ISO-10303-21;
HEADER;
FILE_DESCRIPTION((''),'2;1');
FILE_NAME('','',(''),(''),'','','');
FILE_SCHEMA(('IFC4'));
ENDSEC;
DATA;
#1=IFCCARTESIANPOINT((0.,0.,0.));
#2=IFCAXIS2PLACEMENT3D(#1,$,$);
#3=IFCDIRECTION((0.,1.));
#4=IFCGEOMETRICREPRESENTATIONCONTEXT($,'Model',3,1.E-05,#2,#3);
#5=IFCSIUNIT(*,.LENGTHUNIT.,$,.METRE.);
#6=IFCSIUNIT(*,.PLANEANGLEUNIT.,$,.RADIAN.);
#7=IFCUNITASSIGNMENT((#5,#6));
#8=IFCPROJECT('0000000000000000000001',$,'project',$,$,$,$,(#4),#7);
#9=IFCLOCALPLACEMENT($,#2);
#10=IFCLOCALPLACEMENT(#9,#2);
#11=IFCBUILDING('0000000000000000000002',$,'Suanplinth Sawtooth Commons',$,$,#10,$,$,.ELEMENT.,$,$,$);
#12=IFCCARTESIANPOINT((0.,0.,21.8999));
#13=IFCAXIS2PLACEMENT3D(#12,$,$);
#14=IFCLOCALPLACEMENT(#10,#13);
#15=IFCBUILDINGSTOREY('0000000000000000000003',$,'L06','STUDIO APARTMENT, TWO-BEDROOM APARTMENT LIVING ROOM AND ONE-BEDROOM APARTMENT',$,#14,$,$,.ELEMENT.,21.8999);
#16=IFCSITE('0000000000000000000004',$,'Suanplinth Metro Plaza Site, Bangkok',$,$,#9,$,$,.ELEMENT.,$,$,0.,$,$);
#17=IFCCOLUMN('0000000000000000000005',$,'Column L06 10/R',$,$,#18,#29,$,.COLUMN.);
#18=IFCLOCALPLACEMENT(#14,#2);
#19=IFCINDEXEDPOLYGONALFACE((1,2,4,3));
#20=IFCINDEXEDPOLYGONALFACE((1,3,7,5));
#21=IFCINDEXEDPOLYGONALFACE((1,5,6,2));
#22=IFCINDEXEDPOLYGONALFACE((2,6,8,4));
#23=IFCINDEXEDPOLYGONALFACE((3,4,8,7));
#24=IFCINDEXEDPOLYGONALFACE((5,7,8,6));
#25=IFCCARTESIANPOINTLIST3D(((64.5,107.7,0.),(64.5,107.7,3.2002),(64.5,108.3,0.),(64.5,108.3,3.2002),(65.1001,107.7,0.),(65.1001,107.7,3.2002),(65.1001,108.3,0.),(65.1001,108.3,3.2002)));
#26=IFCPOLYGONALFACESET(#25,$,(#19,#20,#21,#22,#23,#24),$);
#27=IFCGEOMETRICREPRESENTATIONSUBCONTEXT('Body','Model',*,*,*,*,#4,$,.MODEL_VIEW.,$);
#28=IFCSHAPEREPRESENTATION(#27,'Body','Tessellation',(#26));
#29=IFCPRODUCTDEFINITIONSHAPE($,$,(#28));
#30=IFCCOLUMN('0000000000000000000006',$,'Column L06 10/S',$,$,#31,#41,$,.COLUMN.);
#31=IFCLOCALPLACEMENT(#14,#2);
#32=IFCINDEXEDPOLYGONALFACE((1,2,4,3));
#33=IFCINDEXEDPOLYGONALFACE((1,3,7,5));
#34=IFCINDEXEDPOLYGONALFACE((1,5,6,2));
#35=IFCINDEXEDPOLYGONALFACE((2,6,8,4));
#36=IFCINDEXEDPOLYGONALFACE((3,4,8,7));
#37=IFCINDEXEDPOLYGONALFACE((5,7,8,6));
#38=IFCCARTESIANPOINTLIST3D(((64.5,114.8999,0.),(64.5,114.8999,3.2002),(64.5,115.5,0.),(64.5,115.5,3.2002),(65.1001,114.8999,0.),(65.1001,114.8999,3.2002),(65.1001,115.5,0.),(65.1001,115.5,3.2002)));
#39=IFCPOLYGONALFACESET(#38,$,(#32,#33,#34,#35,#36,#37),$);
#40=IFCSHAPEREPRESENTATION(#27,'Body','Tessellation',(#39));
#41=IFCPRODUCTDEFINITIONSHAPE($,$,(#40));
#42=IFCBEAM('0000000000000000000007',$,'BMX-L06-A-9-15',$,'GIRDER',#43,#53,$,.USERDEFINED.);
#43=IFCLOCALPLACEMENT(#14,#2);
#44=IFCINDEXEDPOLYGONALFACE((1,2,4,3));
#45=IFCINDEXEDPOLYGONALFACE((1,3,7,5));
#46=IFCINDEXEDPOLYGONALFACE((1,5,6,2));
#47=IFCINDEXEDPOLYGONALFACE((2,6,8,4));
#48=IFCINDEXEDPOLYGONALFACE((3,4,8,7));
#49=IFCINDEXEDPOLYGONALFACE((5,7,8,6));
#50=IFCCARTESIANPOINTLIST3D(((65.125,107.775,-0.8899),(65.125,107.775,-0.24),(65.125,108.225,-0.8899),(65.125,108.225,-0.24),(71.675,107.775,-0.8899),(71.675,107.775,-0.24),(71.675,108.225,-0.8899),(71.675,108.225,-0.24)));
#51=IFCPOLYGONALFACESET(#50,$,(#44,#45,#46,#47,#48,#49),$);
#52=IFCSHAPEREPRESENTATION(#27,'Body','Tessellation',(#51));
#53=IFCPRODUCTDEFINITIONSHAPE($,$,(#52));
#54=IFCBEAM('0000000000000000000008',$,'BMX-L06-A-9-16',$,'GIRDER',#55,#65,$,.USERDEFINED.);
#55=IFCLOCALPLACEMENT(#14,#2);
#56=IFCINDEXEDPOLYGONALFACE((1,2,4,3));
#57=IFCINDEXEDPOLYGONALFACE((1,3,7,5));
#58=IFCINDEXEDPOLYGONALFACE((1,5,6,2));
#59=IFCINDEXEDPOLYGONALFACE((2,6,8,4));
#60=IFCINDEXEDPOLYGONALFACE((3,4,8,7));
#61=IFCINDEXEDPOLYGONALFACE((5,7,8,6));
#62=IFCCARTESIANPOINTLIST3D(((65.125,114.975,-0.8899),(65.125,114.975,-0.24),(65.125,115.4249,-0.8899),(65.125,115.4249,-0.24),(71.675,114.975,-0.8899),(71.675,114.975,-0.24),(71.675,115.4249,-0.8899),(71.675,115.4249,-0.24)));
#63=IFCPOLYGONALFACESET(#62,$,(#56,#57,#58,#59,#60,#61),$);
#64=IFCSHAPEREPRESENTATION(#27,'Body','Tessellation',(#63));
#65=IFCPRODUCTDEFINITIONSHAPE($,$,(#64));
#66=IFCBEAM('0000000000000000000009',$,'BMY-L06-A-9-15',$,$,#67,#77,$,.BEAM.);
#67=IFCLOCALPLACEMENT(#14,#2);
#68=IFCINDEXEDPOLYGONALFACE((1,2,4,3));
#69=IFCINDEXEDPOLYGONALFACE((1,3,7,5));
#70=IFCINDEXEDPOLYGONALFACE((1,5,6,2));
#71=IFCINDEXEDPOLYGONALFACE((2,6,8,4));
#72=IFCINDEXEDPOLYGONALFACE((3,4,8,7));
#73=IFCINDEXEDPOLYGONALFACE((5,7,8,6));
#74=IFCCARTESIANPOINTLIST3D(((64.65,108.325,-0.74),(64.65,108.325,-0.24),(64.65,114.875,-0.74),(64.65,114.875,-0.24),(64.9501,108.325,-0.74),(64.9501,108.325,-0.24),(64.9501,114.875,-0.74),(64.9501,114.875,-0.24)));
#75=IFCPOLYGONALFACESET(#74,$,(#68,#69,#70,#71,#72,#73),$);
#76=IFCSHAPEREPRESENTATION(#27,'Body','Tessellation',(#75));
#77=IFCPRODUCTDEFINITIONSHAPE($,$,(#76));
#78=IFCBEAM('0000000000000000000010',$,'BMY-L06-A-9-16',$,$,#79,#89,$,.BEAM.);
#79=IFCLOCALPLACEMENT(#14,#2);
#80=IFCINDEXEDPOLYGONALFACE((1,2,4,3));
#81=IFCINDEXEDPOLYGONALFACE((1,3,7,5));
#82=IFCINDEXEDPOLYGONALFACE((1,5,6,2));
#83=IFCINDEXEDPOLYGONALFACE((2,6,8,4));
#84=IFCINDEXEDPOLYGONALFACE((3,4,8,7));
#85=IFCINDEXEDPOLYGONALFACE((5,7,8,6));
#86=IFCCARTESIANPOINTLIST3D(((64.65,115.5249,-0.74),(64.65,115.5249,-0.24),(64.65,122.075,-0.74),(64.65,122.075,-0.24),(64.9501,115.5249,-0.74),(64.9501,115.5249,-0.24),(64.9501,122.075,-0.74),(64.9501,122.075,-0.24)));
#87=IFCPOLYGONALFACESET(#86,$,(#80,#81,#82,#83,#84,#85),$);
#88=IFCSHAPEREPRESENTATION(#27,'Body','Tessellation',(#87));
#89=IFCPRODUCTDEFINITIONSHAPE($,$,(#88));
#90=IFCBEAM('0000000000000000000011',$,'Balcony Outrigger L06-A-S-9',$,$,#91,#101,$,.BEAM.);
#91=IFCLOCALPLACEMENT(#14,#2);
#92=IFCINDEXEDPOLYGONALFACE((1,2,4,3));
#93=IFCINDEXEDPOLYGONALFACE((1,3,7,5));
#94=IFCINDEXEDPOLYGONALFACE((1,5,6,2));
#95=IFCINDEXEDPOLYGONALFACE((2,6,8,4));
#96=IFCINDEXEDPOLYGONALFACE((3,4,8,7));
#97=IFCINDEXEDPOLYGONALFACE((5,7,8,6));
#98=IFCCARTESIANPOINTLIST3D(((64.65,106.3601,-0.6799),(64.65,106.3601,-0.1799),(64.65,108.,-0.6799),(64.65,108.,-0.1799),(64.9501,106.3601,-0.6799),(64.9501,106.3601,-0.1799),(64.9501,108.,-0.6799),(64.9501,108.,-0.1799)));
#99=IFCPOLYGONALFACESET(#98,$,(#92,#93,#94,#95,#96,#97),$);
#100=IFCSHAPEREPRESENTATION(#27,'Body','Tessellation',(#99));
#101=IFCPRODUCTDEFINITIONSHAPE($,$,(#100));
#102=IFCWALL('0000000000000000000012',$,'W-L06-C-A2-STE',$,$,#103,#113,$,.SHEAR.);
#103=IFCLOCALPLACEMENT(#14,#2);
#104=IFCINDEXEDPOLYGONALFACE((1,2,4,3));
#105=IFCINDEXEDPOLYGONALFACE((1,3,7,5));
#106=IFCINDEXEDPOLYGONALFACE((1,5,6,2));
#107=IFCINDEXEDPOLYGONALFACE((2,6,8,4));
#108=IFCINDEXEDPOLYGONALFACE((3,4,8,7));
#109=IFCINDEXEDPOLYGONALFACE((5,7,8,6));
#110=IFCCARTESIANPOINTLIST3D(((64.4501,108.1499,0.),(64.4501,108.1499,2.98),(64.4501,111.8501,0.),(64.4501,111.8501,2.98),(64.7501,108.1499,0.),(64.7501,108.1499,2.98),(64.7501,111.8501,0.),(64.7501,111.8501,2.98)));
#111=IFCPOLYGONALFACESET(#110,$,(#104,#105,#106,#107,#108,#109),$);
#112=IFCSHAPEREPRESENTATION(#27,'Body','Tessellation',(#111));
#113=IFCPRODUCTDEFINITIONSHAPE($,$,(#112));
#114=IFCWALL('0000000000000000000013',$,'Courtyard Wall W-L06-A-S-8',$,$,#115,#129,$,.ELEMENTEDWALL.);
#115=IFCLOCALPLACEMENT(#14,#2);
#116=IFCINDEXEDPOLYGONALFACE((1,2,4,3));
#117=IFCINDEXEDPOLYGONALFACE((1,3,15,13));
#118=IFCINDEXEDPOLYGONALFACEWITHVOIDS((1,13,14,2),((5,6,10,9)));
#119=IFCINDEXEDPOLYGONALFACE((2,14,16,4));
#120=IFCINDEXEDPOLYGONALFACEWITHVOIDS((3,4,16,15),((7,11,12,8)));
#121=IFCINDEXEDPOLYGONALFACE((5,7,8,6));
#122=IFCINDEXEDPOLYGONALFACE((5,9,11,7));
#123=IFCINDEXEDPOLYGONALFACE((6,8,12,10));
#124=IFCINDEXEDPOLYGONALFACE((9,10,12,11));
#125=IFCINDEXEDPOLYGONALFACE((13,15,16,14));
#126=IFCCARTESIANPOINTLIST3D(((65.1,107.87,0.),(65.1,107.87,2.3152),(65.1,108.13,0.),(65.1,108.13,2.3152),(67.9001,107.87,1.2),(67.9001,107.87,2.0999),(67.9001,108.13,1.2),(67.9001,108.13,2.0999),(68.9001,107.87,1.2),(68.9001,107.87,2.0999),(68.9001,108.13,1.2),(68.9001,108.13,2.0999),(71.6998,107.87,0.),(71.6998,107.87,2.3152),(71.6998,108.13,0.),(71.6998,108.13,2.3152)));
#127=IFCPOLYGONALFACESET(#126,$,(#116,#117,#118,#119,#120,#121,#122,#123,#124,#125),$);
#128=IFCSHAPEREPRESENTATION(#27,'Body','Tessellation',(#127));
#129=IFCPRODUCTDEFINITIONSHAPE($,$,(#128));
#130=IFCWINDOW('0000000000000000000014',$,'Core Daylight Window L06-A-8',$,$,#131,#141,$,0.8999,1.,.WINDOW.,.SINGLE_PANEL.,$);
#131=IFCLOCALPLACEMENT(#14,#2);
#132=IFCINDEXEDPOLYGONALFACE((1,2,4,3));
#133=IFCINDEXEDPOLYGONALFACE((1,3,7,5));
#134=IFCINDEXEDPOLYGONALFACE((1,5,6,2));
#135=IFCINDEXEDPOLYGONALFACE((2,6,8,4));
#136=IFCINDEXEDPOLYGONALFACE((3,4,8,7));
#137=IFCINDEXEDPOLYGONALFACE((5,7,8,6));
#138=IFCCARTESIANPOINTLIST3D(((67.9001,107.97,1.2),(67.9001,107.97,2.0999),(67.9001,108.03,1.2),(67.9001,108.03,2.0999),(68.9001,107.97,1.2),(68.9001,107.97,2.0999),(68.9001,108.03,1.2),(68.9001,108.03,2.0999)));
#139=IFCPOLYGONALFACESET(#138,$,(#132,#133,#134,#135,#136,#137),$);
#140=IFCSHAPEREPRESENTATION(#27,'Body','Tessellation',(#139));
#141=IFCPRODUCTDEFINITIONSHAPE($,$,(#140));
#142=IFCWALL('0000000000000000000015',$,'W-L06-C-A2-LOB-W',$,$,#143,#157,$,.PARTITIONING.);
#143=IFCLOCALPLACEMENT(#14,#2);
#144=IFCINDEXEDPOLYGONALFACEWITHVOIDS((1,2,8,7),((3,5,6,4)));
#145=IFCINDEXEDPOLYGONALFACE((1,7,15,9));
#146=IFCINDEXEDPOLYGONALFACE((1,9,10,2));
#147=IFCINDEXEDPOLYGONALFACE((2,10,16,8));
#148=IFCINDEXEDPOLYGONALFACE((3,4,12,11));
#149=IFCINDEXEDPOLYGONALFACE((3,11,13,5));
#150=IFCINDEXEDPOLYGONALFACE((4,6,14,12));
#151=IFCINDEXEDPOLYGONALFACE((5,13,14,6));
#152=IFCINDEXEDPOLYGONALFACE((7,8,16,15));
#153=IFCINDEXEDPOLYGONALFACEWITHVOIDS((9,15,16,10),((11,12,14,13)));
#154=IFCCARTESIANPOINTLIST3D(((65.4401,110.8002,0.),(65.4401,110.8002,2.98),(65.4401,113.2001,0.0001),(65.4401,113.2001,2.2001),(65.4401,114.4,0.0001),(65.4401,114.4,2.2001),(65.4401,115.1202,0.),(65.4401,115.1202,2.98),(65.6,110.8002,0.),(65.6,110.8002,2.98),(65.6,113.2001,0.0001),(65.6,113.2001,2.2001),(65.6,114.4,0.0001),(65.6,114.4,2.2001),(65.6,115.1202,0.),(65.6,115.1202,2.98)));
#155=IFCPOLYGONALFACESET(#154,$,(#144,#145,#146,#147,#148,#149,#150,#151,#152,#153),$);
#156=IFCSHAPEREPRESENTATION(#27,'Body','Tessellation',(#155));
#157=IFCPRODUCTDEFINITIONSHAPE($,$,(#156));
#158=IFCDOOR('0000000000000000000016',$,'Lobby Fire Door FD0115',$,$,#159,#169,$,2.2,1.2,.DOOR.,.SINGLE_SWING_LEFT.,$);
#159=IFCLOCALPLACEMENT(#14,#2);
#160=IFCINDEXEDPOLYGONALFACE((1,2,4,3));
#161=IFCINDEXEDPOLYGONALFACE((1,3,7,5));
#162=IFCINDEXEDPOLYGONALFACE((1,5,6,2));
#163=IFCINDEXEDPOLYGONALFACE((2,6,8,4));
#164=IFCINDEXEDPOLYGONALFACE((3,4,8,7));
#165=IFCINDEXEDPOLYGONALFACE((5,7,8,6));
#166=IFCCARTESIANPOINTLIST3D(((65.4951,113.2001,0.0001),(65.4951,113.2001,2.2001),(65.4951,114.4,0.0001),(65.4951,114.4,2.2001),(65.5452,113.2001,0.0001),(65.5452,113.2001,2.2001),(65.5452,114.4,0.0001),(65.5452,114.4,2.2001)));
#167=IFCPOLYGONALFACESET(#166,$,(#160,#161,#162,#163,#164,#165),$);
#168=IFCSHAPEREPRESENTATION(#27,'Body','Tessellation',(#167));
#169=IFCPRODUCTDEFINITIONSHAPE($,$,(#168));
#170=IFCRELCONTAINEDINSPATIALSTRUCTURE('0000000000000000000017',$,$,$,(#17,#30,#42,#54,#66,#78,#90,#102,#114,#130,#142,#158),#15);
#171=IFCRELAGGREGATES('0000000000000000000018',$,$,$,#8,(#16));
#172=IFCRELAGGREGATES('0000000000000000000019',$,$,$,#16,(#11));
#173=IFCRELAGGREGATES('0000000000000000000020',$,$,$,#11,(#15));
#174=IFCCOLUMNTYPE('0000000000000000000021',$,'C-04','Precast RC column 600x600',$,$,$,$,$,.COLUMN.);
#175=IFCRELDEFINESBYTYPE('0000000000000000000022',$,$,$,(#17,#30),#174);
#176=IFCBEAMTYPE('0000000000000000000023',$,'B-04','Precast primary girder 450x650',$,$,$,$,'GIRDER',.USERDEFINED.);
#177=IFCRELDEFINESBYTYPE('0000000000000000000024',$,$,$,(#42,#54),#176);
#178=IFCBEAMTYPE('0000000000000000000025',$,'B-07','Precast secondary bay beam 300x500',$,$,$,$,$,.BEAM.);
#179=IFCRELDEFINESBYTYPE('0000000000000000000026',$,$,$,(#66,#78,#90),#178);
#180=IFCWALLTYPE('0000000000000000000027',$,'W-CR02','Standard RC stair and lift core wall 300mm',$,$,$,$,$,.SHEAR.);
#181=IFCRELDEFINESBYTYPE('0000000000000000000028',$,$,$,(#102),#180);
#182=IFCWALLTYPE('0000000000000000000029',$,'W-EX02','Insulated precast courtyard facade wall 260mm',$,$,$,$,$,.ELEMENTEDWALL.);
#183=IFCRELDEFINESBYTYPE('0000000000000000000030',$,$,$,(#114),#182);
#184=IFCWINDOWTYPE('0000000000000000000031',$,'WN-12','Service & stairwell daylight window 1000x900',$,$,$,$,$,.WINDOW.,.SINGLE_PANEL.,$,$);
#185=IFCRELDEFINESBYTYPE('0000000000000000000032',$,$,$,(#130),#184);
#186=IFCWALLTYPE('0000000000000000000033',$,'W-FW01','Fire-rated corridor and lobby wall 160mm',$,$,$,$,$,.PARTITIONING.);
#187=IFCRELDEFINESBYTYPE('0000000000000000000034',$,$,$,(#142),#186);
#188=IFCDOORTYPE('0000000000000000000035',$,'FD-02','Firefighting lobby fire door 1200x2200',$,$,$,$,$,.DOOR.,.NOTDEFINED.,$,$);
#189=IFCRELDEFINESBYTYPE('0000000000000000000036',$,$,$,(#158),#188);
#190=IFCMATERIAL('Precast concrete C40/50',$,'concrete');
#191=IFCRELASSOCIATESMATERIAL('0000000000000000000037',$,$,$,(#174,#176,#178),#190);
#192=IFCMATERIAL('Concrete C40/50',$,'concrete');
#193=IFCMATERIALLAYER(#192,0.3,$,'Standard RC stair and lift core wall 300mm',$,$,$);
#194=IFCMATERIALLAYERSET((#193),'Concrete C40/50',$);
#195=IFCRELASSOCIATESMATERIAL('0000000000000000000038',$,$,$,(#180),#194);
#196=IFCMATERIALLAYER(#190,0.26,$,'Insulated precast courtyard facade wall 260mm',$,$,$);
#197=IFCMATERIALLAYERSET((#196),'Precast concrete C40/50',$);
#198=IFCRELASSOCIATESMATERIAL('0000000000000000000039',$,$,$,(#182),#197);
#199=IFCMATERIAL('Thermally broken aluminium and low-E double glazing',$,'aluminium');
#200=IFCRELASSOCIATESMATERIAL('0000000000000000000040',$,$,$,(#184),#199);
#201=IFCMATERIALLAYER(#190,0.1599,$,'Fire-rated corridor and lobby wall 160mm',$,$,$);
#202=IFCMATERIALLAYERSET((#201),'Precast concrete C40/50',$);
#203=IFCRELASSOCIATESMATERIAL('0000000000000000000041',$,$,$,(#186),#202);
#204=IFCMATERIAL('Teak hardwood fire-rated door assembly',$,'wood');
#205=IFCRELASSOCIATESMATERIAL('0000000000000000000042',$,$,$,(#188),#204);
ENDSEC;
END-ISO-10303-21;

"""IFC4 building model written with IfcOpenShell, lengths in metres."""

from ifc_helpers import new_model, si_unit, direction, frame, frame_2d, origin, origin_2d, place, context, subcontext, project, spatial, rectangle, extrude, material, layer, layer_set, material_profile, profile_set, type_object, element, fill, save


model = new_model("IFC4")

# Units and contexts
model_context = context("Model", 3, precision=1e-05, world=origin(), true_north=direction((0.0, 1.0)))
body_context = subcontext(model_context, "Body", "Model", "MODEL_VIEW")
ifc_project = project(units=[si_unit("LENGTHUNIT", "METRE"), si_unit("PLANEANGLEUNIT", "RADIAN")], contexts=[model_context])

# Site, building, storey
site_placement = place(None, origin())
site = spatial("IfcSite", under=ifc_project, at=site_placement, Name="Suanplinth Metro Plaza Site, Bangkok", CompositionType="ELEMENT", RefElevation=0.0)
building_placement = place(site_placement, origin())
building = spatial("IfcBuilding", under=site, at=building_placement, Name="Suanplinth Sawtooth Commons", CompositionType="ELEMENT")
storey_placement = place(building_placement, frame((0.0, 0.0, 21.8999)))
storey = spatial("IfcBuildingStorey", under=building, at=storey_placement, Name="L06", Description="STUDIO APARTMENT, TWO-BEDROOM APARTMENT LIVING ROOM AND ONE-BEDROOM APARTMENT", CompositionType="ELEMENT", Elevation=21.8999)

# Columns
ifc_material_1 = material(Name="Precast concrete C40/50", Category="concrete")
ifc_material_profile_1 = material_profile(ifc_material_1, rectangle(XDim=0.6001, YDim=0.6001, at=origin_2d()), Name="PC-COL 600x600")
ifc_profile_set_1 = profile_set([ifc_material_profile_1], Name="Precast concrete C40/50")
column_type = type_object("IfcColumnType", Name="C-04", Description="Precast RC column 600x600", PredefinedType="COLUMN", material=ifc_profile_set_1)
for number, where, z_axis, x_axis, name in (
    (1, (64.8, 108.0, 0.0), (0.0, 0.0, 1.0), (1.0, 0.0, 0.0), "Column L06 10/R"),
    (2, (64.8, 115.2, 0.0), (0.0, 0.0, 1.0), (1.0, 0.0, 0.0), "Column L06 10/S"),
):
    element("IfcColumn", number, at=place(storey_placement, frame(where, z_axis=z_axis, x_axis=x_axis)), inside=storey, type_object=column_type, Name=name, PredefinedType="COLUMN", context=body_context, shape_type="SweptSolid", body=[
        extrude(rectangle(XDim=0.6001, YDim=0.6001, at=origin_2d()), origin(), (0.0, 0.0, 1.0), 3.2002),
    ])

# Beams
ifc_material_profile_2 = material_profile(ifc_material_1, rectangle(XDim=0.45, YDim=0.6499, at=origin_2d()), Name="PC-GDR 450x650")
ifc_profile_set_2 = profile_set([ifc_material_profile_2], Name="Precast concrete C40/50")
beam_type_1 = type_object("IfcBeamType", Name="B-04", Description="Precast primary girder 450x650", ElementType="GIRDER", PredefinedType="USERDEFINED", material=ifc_profile_set_2)
for number, where, z_axis, x_axis, name in (
    (3, (65.125, 108.0, -0.5649), (1.0, 0.0, 0.0), (0.0, 1.0, 0.0), "BMX-L06-A-9-15"),
    (4, (65.125, 115.2, -0.5649), (1.0, 0.0, 0.0), (0.0, 1.0, 0.0), "BMX-L06-A-9-16"),
):
    element("IfcBeam", number, at=place(storey_placement, frame(where, z_axis=z_axis, x_axis=x_axis)), inside=storey, type_object=beam_type_1, Name=name, ObjectType="GIRDER", PredefinedType="USERDEFINED", context=body_context, shape_type="SweptSolid", body=[
        extrude(rectangle(XDim=0.45, YDim=0.6499, at=origin_2d()), origin(), (0.0, 0.0, 1.0), 6.55),
    ])
ifc_material_profile_3 = material_profile(ifc_material_1, rectangle(XDim=0.3, YDim=0.5, at=origin_2d()), Name="PC-BM 300x500")
ifc_profile_set_3 = profile_set([ifc_material_profile_3], Name="Precast concrete C40/50")
beam_type_2 = type_object("IfcBeamType", Name="B-07", Description="Precast secondary bay beam 300x500", PredefinedType="BEAM", material=ifc_profile_set_3)
for number, where, z_axis, x_axis, name in (
    (5, (64.8, 108.325, -0.49), (0.0, 1.0, 0.0), (-1.0, 0.0, 0.0), "BMY-L06-A-9-15"),
    (6, (64.8, 115.5249, -0.49), (0.0, 1.0, 0.0), (-1.0, 0.0, 0.0), "BMY-L06-A-9-16"),
):
    element("IfcBeam", number, at=place(storey_placement, frame(where, z_axis=z_axis, x_axis=x_axis)), inside=storey, type_object=beam_type_2, Name=name, PredefinedType="BEAM", context=body_context, shape_type="SweptSolid", body=[
        extrude(rectangle(XDim=0.3, YDim=0.5, at=origin_2d()), origin(), (0.0, 0.0, 1.0), 6.55),
    ])
beam_placement = place(storey_placement, frame((64.8, 108.0, -0.4299), z_axis=(0.0, -1.0, 0.0), x_axis=(1.0, 0.0, 0.0)))
element("IfcBeam", 7, at=beam_placement, inside=storey, type_object=beam_type_2, Name="Balcony Outrigger L06-A-S-9", PredefinedType="BEAM", context=body_context, shape_type="SweptSolid", body=[
    extrude(rectangle(XDim=0.3, YDim=0.5, at=origin_2d()), origin(), (0.0, 0.0, 1.0), 1.6399),
])

# Wall
ifc_material_2 = material(Name="Concrete C40/50", Category="concrete")
ifc_layer_1 = layer(ifc_material_2, 0.3, Name="Standard RC stair and lift core wall 300mm")
ifc_layer_set_1 = layer_set([ifc_layer_1], Name="Concrete C40/50")
wall_type_1 = type_object("IfcWallType", Name="W-CR02", Description="Standard RC stair and lift core wall 300mm", PredefinedType="SHEAR", material=ifc_layer_set_1)
wall_1_placement = place(storey_placement, frame((64.6001, 108.1499, 0.0), z_axis=(0.0, 0.0, 1.0), x_axis=(0.0, 1.0, 0.0)))
element("IfcWall", 8, at=wall_1_placement, inside=storey, type_object=wall_type_1, Name="W-L06-C-A2-STE", PredefinedType="SHEAR", context=body_context, shape_type="SweptSolid", body=[
    extrude(rectangle(XDim=3.7002, YDim=0.3, at=frame_2d((1.8501, 0.0))), origin(), (0.0, 0.0, 1.0), 2.98),
])

# Wall, opening, window
ifc_layer_2 = layer(ifc_material_1, 0.26, Name="Insulated precast courtyard facade wall 260mm")
ifc_layer_set_2 = layer_set([ifc_layer_2], Name="Precast concrete C40/50")
wall_type_2 = type_object("IfcWallType", Name="W-EX02", Description="Insulated precast courtyard facade wall 260mm", PredefinedType="ELEMENTEDWALL", material=ifc_layer_set_2)
wall_2_placement = place(storey_placement, frame((65.1001, 108.0, 0.0), z_axis=(0.0, 0.0, 1.0), x_axis=(1.0, 0.0, 0.0)))
wall_2 = element("IfcWall", 9, at=wall_2_placement, inside=storey, type_object=wall_type_2, Name="Courtyard Wall W-L06-A-S-8", PredefinedType="ELEMENTEDWALL", context=body_context, shape_type="SweptSolid", body=[
    extrude(rectangle(XDim=6.5999, YDim=0.26, at=frame_2d((3.2998, 0.0))), origin(), (0.0, 0.0, 1.0), 2.3152),
])
opening_1_placement = place(wall_2_placement, frame((2.8, 0.0, 1.2)))
opening_1 = element("IfcOpeningElement", 10, at=opening_1_placement, cuts=wall_2, PredefinedType="OPENING", context=body_context, shape_type="SweptSolid", body=[
    extrude(rectangle(XDim=1.0, YDim=0.8999, at=frame_2d((0.5, 0.45))), frame((0.0, 0.145, 0.0), z_axis=(0.0, -1.0, 0.0), x_axis=(1.0, 0.0, 0.0)), (0.0, 0.0, 1.0), 0.2898),
])
ifc_material_3 = material(Name="Thermally broken aluminium and low-E double glazing", Category="aluminium")
window_type = type_object("IfcWindowType", Name="WN-12", Description="Service & stairwell daylight window 1000x900", PartitioningType="SINGLE_PANEL", PredefinedType="WINDOW", material=ifc_material_3)
window_placement = place(opening_1_placement, origin())
window = element("IfcWindow", 11, at=window_placement, inside=storey, type_object=window_type, Name="Core Daylight Window L06-A-8", OverallHeight=0.8999, OverallWidth=1.0, PartitioningType="SINGLE_PANEL", PredefinedType="WINDOW", context=body_context, shape_type="SweptSolid", body=[
    extrude(rectangle(XDim=1.0, YDim=0.8999, at=frame_2d((0.5, 0.45))), frame((0.0, 0.03, 0.0), z_axis=(0.0, -1.0, 0.0), x_axis=(1.0, 0.0, 0.0)), (0.0, 0.0, 1.0), 0.0601),
])
fill(opening_1, window)

# Wall, opening, door
ifc_layer_3 = layer(ifc_material_1, 0.1599, Name="Fire-rated corridor and lobby wall 160mm")
ifc_layer_set_3 = layer_set([ifc_layer_3], Name="Precast concrete C40/50")
wall_type_3 = type_object("IfcWallType", Name="W-FW01", Description="Fire-rated corridor and lobby wall 160mm", PredefinedType="PARTITIONING", material=ifc_layer_set_3)
wall_3_placement = place(storey_placement, frame((65.52, 110.8, 0.0), z_axis=(0.0, 0.0, 1.0), x_axis=(0.0, 1.0, 0.0)))
wall_3 = element("IfcWall", 12, at=wall_3_placement, inside=storey, type_object=wall_type_3, Name="W-L06-C-A2-LOB-W", PredefinedType="PARTITIONING", context=body_context, shape_type="SweptSolid", body=[
    extrude(rectangle(XDim=4.3201, YDim=0.1599, at=frame_2d((2.1602, 0.0))), origin(), (0.0, 0.0, 1.0), 2.98),
])
opening_2_placement = place(wall_3_placement, frame((2.3999, 0.0, 0.0)))
opening_2 = element("IfcOpeningElement", 13, at=opening_2_placement, cuts=wall_3, PredefinedType="OPENING", context=body_context, shape_type="SweptSolid", body=[
    extrude(rectangle(XDim=1.2, YDim=2.2, at=frame_2d((0.6001, 1.1001))), frame((0.0, 0.0947, 0.0), z_axis=(0.0, -1.0, 0.0), x_axis=(1.0, 0.0, 0.0)), (0.0, 0.0, 1.0), 0.1897),
])
ifc_material_4 = material(Name="Teak hardwood fire-rated door assembly", Category="wood")
door_type_1 = type_object("IfcDoorType", Name="FD-02", Description="Firefighting lobby fire door 1200x2200", OperationType="NOTDEFINED", PredefinedType="DOOR", material=ifc_material_4)
door_1_placement = place(opening_2_placement, origin())
door_1 = element("IfcDoor", 14, at=door_1_placement, inside=storey, type_object=door_type_1, Name="Lobby Fire Door FD0115", OperationType="SINGLE_SWING_LEFT", OverallHeight=2.2, OverallWidth=1.2, PredefinedType="DOOR", context=body_context, shape_type="SweptSolid", body=[
    extrude(rectangle(XDim=1.2, YDim=2.2, at=frame_2d((0.6001, 1.1001))), frame((0.0, 0.0249, 0.0), z_axis=(0.0, -1.0, 0.0), x_axis=(1.0, 0.0, 0.0)), (0.0, 0.0, 1.0), 0.05),
])
fill(opening_2, door_1)

save(model, "model.ifc")
